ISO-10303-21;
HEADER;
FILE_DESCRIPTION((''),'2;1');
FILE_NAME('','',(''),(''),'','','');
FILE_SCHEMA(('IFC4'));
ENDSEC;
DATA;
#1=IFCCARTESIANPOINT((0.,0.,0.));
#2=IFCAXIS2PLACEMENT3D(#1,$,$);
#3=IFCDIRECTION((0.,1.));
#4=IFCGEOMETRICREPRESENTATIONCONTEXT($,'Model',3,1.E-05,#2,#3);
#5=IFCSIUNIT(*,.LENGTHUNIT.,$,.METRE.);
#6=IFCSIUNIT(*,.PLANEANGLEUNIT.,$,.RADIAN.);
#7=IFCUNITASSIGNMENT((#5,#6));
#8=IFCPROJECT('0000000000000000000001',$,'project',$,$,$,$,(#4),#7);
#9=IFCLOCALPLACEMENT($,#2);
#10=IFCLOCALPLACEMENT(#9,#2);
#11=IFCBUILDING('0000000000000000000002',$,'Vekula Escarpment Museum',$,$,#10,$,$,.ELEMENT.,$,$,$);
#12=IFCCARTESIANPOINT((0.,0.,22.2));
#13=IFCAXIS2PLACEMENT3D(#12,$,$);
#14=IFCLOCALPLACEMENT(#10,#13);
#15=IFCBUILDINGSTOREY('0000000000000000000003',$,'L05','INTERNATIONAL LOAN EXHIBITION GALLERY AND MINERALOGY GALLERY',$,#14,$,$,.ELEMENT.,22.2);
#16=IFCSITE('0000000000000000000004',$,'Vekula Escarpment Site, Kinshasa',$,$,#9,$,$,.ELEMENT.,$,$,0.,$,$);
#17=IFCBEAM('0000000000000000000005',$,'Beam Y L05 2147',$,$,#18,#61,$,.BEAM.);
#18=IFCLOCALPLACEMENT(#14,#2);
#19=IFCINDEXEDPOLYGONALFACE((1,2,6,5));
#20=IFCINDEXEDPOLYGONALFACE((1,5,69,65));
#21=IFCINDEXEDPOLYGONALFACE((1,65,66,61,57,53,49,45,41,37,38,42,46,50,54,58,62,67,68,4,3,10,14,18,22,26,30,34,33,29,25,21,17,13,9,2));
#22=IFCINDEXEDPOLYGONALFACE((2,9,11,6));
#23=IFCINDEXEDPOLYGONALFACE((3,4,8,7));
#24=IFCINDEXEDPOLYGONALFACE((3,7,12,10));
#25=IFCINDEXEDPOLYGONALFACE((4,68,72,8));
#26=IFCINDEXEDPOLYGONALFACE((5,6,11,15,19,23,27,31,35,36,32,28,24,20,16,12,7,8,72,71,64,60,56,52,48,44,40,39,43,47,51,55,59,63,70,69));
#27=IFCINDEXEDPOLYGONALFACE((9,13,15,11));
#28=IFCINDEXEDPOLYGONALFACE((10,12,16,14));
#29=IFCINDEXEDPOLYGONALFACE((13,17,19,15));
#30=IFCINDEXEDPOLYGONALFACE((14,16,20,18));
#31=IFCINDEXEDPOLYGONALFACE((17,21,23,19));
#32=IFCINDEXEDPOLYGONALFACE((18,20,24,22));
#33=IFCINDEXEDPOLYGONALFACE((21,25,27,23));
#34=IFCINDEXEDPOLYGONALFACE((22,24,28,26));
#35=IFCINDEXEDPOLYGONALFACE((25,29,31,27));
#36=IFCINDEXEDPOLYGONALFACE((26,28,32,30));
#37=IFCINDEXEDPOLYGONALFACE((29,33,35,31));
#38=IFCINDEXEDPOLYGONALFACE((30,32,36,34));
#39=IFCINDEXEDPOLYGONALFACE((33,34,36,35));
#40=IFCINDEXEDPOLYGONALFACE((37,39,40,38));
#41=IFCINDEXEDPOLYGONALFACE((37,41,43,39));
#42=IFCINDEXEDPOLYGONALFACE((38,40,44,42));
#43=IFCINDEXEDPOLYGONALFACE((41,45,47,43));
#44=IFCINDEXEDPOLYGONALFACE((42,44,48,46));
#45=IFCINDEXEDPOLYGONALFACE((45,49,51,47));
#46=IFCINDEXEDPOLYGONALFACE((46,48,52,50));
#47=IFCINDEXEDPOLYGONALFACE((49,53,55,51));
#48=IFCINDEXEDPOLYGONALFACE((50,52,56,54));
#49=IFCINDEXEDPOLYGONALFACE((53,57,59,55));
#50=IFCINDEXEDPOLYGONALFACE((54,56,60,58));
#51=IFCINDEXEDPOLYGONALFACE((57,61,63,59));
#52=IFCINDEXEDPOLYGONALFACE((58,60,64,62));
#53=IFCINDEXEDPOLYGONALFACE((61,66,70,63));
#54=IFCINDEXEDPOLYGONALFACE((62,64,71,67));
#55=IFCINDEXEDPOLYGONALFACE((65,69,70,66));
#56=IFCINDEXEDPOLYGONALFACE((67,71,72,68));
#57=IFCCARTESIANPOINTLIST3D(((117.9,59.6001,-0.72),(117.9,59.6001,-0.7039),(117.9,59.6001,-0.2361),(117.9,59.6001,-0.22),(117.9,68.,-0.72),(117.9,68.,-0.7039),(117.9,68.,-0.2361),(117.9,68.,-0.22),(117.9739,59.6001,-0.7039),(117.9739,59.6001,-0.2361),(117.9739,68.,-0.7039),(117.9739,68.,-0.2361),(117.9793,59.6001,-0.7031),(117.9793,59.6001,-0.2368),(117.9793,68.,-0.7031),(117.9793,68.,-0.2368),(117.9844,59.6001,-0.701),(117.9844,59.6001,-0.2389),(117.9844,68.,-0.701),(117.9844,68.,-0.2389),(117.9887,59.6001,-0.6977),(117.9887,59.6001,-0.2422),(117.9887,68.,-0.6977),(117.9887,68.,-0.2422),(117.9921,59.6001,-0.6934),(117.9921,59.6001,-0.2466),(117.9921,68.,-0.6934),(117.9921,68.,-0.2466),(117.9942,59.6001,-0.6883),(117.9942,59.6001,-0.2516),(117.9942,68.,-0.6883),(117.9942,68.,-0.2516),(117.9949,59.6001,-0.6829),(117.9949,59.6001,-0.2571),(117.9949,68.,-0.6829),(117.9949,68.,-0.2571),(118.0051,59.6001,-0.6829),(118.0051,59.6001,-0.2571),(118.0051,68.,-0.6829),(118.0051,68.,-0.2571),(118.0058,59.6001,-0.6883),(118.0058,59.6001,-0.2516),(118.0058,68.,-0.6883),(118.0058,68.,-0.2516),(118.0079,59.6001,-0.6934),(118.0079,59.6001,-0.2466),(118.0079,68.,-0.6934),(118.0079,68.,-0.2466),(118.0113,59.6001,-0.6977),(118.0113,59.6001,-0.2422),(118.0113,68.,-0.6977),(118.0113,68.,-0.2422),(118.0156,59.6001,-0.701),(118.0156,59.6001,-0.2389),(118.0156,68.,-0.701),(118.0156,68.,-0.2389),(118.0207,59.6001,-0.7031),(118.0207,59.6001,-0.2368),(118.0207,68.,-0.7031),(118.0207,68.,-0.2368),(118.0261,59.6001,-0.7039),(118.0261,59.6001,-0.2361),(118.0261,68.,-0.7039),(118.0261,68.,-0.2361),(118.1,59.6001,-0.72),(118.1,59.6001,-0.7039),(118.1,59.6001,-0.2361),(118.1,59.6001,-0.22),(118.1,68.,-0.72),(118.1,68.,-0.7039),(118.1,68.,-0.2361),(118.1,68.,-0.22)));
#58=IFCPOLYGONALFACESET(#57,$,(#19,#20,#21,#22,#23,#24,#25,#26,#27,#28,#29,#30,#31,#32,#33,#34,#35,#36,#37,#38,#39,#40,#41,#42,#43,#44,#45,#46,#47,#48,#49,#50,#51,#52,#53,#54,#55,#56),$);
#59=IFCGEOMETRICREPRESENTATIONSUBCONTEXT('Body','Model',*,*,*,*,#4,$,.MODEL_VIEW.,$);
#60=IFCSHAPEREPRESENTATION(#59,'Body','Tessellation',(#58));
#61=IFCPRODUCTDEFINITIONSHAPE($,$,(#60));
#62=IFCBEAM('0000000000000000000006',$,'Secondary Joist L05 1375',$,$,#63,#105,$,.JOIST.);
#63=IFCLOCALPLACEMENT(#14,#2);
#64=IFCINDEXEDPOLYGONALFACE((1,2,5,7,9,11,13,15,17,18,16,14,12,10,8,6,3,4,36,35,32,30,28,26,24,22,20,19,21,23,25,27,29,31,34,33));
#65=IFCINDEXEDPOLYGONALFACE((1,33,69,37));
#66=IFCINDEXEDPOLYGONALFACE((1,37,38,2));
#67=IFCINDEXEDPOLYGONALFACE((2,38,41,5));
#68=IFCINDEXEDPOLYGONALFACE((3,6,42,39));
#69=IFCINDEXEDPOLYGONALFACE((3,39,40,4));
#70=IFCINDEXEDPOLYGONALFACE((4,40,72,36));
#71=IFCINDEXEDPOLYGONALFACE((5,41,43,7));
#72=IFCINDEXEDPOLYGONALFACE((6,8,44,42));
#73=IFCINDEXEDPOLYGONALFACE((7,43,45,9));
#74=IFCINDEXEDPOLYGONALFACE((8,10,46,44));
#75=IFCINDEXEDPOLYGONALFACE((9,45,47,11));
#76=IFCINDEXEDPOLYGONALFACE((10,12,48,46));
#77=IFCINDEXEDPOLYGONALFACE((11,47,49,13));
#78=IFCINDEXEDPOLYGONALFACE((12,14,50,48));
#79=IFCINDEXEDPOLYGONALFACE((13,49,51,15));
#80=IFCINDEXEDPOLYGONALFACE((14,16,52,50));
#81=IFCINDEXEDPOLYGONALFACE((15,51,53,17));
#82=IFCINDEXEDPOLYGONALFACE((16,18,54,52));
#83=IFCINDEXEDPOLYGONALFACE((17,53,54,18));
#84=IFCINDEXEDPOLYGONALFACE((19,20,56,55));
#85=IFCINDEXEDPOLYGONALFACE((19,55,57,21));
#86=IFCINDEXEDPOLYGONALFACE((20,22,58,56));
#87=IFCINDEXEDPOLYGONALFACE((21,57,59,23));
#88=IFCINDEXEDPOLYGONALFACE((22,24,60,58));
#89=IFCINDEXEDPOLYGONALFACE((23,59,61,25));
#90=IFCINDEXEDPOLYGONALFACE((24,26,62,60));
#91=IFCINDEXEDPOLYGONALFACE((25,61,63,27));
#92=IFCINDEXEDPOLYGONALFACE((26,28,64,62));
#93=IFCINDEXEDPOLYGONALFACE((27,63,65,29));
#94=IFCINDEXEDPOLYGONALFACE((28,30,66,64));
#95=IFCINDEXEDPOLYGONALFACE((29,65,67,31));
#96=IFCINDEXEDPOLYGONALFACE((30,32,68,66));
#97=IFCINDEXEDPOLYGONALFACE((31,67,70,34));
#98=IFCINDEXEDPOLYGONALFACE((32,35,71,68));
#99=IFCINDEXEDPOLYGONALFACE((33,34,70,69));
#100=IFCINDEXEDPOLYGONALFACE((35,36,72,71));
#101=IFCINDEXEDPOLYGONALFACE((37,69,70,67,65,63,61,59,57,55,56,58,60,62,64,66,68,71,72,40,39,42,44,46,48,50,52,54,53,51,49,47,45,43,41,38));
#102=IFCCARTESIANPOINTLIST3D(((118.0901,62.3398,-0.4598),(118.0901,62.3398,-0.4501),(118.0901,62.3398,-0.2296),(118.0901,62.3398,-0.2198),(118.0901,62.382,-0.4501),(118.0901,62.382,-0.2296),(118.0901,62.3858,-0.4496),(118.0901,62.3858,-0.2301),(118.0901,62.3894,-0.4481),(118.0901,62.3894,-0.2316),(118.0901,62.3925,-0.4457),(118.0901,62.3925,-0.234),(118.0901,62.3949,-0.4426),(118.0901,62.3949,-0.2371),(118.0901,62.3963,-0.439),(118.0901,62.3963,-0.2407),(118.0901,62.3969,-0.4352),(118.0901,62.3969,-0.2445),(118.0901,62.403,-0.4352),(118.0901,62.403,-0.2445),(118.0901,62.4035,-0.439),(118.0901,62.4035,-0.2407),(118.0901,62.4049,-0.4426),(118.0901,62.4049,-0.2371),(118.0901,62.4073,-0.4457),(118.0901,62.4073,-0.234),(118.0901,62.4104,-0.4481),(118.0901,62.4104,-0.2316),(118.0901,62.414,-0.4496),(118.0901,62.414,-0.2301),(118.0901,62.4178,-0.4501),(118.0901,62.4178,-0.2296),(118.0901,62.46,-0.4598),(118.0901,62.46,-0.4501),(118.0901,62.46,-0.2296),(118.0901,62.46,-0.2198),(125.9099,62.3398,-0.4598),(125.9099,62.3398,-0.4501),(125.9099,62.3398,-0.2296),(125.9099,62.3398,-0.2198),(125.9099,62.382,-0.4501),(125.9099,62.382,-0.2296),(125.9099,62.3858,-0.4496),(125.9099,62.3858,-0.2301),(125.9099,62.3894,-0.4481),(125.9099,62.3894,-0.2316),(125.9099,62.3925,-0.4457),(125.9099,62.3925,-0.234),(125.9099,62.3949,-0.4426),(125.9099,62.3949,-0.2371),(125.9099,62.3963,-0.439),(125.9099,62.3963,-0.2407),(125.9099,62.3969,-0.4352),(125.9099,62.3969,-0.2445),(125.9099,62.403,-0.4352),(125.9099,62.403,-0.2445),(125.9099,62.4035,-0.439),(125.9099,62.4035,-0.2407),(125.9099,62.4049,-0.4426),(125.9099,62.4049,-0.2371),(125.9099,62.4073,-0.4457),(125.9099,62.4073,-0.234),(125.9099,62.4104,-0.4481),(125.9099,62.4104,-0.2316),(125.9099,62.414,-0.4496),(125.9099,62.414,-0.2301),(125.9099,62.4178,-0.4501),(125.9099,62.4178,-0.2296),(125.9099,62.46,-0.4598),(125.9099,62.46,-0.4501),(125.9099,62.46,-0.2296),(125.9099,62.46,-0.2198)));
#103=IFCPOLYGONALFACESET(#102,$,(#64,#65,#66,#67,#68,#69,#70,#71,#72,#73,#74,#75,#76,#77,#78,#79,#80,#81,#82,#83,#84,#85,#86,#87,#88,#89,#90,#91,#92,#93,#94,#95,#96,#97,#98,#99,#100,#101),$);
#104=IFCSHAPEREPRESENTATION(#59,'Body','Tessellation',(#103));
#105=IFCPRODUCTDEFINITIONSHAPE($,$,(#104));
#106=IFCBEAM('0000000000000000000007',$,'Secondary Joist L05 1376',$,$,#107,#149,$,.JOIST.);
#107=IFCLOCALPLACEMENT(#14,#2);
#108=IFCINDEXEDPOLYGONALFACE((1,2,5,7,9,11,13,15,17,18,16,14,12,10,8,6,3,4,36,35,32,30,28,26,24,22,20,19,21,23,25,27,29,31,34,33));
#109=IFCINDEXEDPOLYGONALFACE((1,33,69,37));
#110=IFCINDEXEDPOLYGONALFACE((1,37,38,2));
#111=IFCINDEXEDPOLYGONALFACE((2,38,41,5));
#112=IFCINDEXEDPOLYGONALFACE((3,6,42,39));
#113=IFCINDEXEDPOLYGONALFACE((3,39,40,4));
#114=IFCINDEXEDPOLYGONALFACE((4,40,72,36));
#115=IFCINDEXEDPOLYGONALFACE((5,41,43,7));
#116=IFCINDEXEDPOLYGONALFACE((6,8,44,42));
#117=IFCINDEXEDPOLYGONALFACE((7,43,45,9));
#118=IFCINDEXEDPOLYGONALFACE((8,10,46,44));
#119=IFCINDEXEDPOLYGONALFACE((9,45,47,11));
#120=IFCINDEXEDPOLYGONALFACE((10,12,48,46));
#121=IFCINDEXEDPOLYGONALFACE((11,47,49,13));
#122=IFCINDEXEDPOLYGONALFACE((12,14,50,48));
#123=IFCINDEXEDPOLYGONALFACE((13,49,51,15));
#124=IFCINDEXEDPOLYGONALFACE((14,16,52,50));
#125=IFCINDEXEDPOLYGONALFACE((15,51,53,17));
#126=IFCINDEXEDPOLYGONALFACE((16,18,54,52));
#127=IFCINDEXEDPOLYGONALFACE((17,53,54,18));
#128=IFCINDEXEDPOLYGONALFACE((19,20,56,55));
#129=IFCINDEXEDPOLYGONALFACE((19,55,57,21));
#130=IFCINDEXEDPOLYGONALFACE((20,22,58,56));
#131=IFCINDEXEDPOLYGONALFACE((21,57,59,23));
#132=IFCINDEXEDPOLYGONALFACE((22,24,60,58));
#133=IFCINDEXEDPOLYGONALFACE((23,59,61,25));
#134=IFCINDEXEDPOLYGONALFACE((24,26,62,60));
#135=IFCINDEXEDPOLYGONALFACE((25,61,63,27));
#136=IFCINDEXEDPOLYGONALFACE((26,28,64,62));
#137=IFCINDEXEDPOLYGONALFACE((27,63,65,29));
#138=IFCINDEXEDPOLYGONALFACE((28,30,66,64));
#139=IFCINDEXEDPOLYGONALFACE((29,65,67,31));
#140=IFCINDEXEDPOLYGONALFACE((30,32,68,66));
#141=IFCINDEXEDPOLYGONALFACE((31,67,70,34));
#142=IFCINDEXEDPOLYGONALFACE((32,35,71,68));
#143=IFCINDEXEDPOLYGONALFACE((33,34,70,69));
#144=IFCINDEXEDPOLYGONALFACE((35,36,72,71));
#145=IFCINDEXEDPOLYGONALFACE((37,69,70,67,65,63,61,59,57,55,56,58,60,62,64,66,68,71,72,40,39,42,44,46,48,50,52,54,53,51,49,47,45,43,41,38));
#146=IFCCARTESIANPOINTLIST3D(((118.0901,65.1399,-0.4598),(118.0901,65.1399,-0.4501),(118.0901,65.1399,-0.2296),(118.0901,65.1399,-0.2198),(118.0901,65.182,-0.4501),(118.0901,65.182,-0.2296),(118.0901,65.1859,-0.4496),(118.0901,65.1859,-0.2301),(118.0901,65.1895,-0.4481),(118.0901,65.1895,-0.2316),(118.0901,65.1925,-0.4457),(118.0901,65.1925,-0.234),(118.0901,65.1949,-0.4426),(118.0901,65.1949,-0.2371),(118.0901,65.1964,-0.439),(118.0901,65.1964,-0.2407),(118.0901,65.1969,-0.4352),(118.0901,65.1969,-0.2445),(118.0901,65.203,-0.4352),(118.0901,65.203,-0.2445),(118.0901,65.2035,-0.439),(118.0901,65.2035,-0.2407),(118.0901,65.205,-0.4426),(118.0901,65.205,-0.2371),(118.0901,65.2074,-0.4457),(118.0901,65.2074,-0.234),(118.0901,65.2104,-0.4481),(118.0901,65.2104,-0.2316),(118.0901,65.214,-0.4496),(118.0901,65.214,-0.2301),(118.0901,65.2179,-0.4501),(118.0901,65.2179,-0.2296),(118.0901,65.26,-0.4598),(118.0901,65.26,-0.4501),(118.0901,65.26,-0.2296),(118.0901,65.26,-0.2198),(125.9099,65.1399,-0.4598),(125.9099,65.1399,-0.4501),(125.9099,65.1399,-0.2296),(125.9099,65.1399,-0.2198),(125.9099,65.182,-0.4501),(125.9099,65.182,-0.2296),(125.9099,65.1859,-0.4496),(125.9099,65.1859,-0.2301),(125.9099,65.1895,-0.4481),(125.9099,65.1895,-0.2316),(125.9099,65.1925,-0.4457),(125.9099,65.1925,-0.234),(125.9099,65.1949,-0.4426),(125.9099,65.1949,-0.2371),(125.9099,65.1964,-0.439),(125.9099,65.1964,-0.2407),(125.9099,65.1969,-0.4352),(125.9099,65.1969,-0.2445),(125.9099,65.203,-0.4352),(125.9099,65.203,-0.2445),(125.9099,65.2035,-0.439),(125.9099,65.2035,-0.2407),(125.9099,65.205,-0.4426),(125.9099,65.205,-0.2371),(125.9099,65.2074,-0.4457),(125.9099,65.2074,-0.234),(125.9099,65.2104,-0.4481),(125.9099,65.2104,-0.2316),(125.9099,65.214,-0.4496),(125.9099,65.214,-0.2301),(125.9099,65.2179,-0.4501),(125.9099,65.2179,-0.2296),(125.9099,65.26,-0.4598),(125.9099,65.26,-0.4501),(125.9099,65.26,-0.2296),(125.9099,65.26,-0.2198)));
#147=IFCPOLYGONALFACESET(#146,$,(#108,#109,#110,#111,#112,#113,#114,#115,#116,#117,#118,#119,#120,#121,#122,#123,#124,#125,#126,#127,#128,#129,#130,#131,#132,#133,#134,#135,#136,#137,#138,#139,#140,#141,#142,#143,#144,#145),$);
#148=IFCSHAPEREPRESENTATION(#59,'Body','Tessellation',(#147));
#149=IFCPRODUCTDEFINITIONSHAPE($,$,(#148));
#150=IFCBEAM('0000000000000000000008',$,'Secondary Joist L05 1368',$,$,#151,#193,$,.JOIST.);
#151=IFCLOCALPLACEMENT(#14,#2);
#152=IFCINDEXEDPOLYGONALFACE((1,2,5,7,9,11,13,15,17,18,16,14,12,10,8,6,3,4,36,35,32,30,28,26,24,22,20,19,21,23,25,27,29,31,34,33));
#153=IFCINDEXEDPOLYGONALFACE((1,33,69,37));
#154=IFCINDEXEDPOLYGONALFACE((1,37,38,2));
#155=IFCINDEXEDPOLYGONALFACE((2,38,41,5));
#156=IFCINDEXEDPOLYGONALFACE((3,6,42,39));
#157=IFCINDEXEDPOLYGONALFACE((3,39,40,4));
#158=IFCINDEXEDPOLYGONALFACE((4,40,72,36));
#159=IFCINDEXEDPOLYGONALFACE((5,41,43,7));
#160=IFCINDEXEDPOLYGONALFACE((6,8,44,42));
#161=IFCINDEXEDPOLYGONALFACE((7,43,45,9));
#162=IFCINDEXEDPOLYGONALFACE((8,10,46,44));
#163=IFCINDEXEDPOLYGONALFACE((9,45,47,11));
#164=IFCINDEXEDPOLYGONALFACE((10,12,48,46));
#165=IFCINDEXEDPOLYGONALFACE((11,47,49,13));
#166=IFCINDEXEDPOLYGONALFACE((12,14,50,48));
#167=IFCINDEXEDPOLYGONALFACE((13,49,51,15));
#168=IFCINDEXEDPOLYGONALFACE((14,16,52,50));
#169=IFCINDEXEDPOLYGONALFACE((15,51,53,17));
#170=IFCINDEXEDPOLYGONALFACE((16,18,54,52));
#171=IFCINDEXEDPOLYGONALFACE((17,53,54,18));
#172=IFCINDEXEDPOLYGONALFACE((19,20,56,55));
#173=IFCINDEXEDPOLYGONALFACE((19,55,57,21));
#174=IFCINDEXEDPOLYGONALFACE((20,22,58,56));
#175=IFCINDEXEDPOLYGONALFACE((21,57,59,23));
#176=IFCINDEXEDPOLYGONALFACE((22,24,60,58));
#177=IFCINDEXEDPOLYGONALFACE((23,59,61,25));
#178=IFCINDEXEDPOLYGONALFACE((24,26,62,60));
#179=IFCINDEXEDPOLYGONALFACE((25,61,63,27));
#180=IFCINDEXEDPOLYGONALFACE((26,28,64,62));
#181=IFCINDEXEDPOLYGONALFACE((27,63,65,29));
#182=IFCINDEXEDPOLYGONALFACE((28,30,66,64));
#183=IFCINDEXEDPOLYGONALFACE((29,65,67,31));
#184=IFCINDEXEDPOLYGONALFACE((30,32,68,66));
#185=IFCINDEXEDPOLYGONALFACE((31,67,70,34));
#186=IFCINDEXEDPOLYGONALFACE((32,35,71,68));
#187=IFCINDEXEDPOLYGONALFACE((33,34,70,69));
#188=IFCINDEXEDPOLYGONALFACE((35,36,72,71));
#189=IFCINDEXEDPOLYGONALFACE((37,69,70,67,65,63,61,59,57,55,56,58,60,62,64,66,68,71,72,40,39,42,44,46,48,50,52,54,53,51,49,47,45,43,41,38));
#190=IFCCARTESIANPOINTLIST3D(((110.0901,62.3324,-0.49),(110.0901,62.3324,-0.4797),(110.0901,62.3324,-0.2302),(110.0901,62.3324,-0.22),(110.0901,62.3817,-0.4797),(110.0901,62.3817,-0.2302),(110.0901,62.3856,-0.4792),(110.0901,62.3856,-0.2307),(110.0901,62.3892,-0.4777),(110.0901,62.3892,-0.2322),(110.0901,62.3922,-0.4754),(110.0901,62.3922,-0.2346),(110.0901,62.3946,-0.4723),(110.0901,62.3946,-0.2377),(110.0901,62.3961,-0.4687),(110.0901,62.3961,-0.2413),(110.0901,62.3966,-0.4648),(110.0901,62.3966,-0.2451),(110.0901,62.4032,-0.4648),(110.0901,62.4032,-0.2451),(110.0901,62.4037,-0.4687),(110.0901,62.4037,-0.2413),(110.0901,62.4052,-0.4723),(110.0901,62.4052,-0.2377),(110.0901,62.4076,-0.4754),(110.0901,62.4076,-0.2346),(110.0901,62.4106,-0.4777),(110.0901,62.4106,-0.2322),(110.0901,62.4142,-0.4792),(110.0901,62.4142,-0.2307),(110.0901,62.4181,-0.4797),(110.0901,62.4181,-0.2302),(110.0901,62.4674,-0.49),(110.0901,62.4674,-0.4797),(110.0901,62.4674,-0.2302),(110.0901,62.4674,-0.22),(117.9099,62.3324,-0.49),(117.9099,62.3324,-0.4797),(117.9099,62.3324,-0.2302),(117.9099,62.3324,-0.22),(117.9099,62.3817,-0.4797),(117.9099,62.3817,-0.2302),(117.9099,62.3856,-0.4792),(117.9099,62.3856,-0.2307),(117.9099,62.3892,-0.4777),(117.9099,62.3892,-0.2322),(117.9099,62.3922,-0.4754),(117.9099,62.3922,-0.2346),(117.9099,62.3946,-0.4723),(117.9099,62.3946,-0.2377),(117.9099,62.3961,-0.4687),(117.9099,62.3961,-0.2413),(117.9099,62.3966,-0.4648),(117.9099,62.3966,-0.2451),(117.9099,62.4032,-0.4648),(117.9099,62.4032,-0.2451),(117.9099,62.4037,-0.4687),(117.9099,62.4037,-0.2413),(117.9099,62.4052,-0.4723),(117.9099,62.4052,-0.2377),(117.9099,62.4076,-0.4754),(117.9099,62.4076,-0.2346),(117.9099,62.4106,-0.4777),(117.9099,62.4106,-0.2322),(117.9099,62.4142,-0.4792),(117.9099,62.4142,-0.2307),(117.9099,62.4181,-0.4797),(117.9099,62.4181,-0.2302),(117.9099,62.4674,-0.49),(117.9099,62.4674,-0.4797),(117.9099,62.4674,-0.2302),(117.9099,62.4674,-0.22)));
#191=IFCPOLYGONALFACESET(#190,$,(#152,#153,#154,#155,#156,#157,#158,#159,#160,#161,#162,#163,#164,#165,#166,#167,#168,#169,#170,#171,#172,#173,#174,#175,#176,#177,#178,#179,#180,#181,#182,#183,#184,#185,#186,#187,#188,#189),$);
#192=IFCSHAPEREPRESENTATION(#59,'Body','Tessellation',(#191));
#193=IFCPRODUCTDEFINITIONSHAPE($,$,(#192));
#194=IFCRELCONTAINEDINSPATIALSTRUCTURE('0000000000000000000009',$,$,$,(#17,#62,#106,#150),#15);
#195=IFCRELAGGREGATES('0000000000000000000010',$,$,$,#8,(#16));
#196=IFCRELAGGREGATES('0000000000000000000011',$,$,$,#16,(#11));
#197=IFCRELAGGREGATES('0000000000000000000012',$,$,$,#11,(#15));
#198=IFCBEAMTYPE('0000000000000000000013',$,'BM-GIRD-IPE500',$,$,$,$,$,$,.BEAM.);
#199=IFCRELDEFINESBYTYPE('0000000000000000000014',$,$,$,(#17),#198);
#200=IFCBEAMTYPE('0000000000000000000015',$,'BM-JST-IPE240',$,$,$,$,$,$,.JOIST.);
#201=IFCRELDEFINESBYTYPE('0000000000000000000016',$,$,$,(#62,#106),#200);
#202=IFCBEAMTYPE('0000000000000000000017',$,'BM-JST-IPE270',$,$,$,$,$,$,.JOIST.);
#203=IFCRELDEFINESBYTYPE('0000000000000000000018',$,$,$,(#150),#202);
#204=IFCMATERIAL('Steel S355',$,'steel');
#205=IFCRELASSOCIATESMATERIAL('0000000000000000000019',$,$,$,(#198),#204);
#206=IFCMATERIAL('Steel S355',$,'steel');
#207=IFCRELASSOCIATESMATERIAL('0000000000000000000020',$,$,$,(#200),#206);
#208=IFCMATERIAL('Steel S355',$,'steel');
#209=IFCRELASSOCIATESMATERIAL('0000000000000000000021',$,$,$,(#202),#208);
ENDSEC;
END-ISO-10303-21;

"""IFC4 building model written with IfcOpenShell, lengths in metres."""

from ifc_helpers import new_model, si_unit, direction, frame, origin, origin_2d, place, context, subcontext, project, spatial, i_section, extrude, material, material_profile, profile_set, type_object, element, save


model = new_model("IFC4")

# Units and contexts
model_context = context("Model", 3, precision=1e-05, world=origin(), true_north=direction((0.0, 1.0)))
body_context = subcontext(model_context, "Body", "Model", "MODEL_VIEW")
ifc_project = project(units=[si_unit("LENGTHUNIT", "METRE"), si_unit("PLANEANGLEUNIT", "RADIAN")], contexts=[model_context])

# Site, building, storey
site_placement = place(None, origin())
site = spatial("IfcSite", under=ifc_project, at=site_placement, Name="Vekula Escarpment Site, Kinshasa", CompositionType="ELEMENT", RefElevation=0.0)
building_placement = place(site_placement, origin())
building = spatial("IfcBuilding", under=site, at=building_placement, Name="Vekula Escarpment Museum", CompositionType="ELEMENT")
storey_placement = place(building_placement, frame((0.0, 0.0, 22.2)))
storey = spatial("IfcBuildingStorey", under=building, at=storey_placement, Name="L05", Description="INTERNATIONAL LOAN EXHIBITION GALLERY AND MINERALOGY GALLERY", CompositionType="ELEMENT", Elevation=22.2)

# Beams
ifc_material_1 = material(Name="Steel S355", Category="steel")
ifc_material_profile_1 = material_profile(ifc_material_1, i_section(OverallWidth=0.2, OverallDepth=0.5, WebThickness=0.0103, FlangeThickness=0.0161, FilletRadius=0.021, at=origin_2d()), Name="IPE 500")
ifc_profile_set_1 = profile_set([ifc_material_profile_1], Name="Steel S355")
beam_type_1 = type_object("IfcBeamType", Name="BM-GIRD-IPE500", PredefinedType="BEAM", material=ifc_profile_set_1)
beam_1_placement = place(storey_placement, frame((118.0, 59.6001, -0.47), z_axis=(0.0, 1.0, 0.0), x_axis=(-1.0, 0.0, 0.0)))
element("IfcBeam", 1, at=beam_1_placement, inside=storey, type_object=beam_type_1, Name="Beam Y L05 2147", PredefinedType="BEAM", context=body_context, shape_type="SweptSolid", body=[
    extrude(i_section(OverallWidth=0.2, OverallDepth=0.5, WebThickness=0.0103, FlangeThickness=0.0161, FilletRadius=0.021, at=origin_2d()), origin(), (0.0, 0.0, 1.0), 8.3999),
])
ifc_material_2 = material(Name="Steel S355", Category="steel")
ifc_material_profile_2 = material_profile(ifc_material_2, i_section(OverallWidth=0.1201, OverallDepth=0.24, WebThickness=0.0061, FlangeThickness=0.0098, FilletRadius=0.0149, at=origin_2d()), Name="IPE 240")
ifc_profile_set_2 = profile_set([ifc_material_profile_2], Name="Steel S355")
beam_type_2 = type_object("IfcBeamType", Name="BM-JST-IPE240", PredefinedType="JOIST", material=ifc_profile_set_2)
for number, where, z_axis, x_axis, name in (
    (2, (118.0901, 62.3999, -0.3398), (1.0, 0.0, 0.0), (0.0, 1.0, 0.0), "Secondary Joist L05 1375"),
    (3, (118.0901, 65.2, -0.3398), (1.0, 0.0, 0.0), (0.0, 1.0, 0.0), "Secondary Joist L05 1376"),
):
    element("IfcBeam", number, at=place(storey_placement, frame(where, z_axis=z_axis, x_axis=x_axis)), inside=storey, type_object=beam_type_2, Name=name, PredefinedType="JOIST", context=body_context, shape_type="SweptSolid", body=[
        extrude(i_section(OverallWidth=0.1201, OverallDepth=0.24, WebThickness=0.0061, FlangeThickness=0.0098, FilletRadius=0.0149, at=origin_2d()), origin(), (0.0, 0.0, 1.0), 7.8198),
    ])
ifc_material_3 = material(Name="Steel S355", Category="steel")
ifc_material_profile_3 = material_profile(ifc_material_3, i_section(OverallWidth=0.135, OverallDepth=0.27, WebThickness=0.0066, FlangeThickness=0.0103, FilletRadius=0.0149, at=origin_2d()), Name="IPE 270")
ifc_profile_set_3 = profile_set([ifc_material_profile_3], Name="Steel S355")
beam_type_3 = type_object("IfcBeamType", Name="BM-JST-IPE270", PredefinedType="JOIST", material=ifc_profile_set_3)
for number, where, z_axis, x_axis, name in (
    (4, (110.0901, 62.3999, -0.355), (1.0, 0.0, 0.0), (0.0, 1.0, 0.0), "Secondary Joist L05 1368"),
):
    element("IfcBeam", number, at=place(storey_placement, frame(where, z_axis=z_axis, x_axis=x_axis)), inside=storey, type_object=beam_type_3, Name=name, PredefinedType="JOIST", context=body_context, shape_type="SweptSolid", body=[
        extrude(i_section(OverallWidth=0.135, OverallDepth=0.27, WebThickness=0.0066, FlangeThickness=0.0103, FilletRadius=0.0149, at=origin_2d()), origin(), (0.0, 0.0, 1.0), 7.8198),
    ])

save(model, "model.ifc")
